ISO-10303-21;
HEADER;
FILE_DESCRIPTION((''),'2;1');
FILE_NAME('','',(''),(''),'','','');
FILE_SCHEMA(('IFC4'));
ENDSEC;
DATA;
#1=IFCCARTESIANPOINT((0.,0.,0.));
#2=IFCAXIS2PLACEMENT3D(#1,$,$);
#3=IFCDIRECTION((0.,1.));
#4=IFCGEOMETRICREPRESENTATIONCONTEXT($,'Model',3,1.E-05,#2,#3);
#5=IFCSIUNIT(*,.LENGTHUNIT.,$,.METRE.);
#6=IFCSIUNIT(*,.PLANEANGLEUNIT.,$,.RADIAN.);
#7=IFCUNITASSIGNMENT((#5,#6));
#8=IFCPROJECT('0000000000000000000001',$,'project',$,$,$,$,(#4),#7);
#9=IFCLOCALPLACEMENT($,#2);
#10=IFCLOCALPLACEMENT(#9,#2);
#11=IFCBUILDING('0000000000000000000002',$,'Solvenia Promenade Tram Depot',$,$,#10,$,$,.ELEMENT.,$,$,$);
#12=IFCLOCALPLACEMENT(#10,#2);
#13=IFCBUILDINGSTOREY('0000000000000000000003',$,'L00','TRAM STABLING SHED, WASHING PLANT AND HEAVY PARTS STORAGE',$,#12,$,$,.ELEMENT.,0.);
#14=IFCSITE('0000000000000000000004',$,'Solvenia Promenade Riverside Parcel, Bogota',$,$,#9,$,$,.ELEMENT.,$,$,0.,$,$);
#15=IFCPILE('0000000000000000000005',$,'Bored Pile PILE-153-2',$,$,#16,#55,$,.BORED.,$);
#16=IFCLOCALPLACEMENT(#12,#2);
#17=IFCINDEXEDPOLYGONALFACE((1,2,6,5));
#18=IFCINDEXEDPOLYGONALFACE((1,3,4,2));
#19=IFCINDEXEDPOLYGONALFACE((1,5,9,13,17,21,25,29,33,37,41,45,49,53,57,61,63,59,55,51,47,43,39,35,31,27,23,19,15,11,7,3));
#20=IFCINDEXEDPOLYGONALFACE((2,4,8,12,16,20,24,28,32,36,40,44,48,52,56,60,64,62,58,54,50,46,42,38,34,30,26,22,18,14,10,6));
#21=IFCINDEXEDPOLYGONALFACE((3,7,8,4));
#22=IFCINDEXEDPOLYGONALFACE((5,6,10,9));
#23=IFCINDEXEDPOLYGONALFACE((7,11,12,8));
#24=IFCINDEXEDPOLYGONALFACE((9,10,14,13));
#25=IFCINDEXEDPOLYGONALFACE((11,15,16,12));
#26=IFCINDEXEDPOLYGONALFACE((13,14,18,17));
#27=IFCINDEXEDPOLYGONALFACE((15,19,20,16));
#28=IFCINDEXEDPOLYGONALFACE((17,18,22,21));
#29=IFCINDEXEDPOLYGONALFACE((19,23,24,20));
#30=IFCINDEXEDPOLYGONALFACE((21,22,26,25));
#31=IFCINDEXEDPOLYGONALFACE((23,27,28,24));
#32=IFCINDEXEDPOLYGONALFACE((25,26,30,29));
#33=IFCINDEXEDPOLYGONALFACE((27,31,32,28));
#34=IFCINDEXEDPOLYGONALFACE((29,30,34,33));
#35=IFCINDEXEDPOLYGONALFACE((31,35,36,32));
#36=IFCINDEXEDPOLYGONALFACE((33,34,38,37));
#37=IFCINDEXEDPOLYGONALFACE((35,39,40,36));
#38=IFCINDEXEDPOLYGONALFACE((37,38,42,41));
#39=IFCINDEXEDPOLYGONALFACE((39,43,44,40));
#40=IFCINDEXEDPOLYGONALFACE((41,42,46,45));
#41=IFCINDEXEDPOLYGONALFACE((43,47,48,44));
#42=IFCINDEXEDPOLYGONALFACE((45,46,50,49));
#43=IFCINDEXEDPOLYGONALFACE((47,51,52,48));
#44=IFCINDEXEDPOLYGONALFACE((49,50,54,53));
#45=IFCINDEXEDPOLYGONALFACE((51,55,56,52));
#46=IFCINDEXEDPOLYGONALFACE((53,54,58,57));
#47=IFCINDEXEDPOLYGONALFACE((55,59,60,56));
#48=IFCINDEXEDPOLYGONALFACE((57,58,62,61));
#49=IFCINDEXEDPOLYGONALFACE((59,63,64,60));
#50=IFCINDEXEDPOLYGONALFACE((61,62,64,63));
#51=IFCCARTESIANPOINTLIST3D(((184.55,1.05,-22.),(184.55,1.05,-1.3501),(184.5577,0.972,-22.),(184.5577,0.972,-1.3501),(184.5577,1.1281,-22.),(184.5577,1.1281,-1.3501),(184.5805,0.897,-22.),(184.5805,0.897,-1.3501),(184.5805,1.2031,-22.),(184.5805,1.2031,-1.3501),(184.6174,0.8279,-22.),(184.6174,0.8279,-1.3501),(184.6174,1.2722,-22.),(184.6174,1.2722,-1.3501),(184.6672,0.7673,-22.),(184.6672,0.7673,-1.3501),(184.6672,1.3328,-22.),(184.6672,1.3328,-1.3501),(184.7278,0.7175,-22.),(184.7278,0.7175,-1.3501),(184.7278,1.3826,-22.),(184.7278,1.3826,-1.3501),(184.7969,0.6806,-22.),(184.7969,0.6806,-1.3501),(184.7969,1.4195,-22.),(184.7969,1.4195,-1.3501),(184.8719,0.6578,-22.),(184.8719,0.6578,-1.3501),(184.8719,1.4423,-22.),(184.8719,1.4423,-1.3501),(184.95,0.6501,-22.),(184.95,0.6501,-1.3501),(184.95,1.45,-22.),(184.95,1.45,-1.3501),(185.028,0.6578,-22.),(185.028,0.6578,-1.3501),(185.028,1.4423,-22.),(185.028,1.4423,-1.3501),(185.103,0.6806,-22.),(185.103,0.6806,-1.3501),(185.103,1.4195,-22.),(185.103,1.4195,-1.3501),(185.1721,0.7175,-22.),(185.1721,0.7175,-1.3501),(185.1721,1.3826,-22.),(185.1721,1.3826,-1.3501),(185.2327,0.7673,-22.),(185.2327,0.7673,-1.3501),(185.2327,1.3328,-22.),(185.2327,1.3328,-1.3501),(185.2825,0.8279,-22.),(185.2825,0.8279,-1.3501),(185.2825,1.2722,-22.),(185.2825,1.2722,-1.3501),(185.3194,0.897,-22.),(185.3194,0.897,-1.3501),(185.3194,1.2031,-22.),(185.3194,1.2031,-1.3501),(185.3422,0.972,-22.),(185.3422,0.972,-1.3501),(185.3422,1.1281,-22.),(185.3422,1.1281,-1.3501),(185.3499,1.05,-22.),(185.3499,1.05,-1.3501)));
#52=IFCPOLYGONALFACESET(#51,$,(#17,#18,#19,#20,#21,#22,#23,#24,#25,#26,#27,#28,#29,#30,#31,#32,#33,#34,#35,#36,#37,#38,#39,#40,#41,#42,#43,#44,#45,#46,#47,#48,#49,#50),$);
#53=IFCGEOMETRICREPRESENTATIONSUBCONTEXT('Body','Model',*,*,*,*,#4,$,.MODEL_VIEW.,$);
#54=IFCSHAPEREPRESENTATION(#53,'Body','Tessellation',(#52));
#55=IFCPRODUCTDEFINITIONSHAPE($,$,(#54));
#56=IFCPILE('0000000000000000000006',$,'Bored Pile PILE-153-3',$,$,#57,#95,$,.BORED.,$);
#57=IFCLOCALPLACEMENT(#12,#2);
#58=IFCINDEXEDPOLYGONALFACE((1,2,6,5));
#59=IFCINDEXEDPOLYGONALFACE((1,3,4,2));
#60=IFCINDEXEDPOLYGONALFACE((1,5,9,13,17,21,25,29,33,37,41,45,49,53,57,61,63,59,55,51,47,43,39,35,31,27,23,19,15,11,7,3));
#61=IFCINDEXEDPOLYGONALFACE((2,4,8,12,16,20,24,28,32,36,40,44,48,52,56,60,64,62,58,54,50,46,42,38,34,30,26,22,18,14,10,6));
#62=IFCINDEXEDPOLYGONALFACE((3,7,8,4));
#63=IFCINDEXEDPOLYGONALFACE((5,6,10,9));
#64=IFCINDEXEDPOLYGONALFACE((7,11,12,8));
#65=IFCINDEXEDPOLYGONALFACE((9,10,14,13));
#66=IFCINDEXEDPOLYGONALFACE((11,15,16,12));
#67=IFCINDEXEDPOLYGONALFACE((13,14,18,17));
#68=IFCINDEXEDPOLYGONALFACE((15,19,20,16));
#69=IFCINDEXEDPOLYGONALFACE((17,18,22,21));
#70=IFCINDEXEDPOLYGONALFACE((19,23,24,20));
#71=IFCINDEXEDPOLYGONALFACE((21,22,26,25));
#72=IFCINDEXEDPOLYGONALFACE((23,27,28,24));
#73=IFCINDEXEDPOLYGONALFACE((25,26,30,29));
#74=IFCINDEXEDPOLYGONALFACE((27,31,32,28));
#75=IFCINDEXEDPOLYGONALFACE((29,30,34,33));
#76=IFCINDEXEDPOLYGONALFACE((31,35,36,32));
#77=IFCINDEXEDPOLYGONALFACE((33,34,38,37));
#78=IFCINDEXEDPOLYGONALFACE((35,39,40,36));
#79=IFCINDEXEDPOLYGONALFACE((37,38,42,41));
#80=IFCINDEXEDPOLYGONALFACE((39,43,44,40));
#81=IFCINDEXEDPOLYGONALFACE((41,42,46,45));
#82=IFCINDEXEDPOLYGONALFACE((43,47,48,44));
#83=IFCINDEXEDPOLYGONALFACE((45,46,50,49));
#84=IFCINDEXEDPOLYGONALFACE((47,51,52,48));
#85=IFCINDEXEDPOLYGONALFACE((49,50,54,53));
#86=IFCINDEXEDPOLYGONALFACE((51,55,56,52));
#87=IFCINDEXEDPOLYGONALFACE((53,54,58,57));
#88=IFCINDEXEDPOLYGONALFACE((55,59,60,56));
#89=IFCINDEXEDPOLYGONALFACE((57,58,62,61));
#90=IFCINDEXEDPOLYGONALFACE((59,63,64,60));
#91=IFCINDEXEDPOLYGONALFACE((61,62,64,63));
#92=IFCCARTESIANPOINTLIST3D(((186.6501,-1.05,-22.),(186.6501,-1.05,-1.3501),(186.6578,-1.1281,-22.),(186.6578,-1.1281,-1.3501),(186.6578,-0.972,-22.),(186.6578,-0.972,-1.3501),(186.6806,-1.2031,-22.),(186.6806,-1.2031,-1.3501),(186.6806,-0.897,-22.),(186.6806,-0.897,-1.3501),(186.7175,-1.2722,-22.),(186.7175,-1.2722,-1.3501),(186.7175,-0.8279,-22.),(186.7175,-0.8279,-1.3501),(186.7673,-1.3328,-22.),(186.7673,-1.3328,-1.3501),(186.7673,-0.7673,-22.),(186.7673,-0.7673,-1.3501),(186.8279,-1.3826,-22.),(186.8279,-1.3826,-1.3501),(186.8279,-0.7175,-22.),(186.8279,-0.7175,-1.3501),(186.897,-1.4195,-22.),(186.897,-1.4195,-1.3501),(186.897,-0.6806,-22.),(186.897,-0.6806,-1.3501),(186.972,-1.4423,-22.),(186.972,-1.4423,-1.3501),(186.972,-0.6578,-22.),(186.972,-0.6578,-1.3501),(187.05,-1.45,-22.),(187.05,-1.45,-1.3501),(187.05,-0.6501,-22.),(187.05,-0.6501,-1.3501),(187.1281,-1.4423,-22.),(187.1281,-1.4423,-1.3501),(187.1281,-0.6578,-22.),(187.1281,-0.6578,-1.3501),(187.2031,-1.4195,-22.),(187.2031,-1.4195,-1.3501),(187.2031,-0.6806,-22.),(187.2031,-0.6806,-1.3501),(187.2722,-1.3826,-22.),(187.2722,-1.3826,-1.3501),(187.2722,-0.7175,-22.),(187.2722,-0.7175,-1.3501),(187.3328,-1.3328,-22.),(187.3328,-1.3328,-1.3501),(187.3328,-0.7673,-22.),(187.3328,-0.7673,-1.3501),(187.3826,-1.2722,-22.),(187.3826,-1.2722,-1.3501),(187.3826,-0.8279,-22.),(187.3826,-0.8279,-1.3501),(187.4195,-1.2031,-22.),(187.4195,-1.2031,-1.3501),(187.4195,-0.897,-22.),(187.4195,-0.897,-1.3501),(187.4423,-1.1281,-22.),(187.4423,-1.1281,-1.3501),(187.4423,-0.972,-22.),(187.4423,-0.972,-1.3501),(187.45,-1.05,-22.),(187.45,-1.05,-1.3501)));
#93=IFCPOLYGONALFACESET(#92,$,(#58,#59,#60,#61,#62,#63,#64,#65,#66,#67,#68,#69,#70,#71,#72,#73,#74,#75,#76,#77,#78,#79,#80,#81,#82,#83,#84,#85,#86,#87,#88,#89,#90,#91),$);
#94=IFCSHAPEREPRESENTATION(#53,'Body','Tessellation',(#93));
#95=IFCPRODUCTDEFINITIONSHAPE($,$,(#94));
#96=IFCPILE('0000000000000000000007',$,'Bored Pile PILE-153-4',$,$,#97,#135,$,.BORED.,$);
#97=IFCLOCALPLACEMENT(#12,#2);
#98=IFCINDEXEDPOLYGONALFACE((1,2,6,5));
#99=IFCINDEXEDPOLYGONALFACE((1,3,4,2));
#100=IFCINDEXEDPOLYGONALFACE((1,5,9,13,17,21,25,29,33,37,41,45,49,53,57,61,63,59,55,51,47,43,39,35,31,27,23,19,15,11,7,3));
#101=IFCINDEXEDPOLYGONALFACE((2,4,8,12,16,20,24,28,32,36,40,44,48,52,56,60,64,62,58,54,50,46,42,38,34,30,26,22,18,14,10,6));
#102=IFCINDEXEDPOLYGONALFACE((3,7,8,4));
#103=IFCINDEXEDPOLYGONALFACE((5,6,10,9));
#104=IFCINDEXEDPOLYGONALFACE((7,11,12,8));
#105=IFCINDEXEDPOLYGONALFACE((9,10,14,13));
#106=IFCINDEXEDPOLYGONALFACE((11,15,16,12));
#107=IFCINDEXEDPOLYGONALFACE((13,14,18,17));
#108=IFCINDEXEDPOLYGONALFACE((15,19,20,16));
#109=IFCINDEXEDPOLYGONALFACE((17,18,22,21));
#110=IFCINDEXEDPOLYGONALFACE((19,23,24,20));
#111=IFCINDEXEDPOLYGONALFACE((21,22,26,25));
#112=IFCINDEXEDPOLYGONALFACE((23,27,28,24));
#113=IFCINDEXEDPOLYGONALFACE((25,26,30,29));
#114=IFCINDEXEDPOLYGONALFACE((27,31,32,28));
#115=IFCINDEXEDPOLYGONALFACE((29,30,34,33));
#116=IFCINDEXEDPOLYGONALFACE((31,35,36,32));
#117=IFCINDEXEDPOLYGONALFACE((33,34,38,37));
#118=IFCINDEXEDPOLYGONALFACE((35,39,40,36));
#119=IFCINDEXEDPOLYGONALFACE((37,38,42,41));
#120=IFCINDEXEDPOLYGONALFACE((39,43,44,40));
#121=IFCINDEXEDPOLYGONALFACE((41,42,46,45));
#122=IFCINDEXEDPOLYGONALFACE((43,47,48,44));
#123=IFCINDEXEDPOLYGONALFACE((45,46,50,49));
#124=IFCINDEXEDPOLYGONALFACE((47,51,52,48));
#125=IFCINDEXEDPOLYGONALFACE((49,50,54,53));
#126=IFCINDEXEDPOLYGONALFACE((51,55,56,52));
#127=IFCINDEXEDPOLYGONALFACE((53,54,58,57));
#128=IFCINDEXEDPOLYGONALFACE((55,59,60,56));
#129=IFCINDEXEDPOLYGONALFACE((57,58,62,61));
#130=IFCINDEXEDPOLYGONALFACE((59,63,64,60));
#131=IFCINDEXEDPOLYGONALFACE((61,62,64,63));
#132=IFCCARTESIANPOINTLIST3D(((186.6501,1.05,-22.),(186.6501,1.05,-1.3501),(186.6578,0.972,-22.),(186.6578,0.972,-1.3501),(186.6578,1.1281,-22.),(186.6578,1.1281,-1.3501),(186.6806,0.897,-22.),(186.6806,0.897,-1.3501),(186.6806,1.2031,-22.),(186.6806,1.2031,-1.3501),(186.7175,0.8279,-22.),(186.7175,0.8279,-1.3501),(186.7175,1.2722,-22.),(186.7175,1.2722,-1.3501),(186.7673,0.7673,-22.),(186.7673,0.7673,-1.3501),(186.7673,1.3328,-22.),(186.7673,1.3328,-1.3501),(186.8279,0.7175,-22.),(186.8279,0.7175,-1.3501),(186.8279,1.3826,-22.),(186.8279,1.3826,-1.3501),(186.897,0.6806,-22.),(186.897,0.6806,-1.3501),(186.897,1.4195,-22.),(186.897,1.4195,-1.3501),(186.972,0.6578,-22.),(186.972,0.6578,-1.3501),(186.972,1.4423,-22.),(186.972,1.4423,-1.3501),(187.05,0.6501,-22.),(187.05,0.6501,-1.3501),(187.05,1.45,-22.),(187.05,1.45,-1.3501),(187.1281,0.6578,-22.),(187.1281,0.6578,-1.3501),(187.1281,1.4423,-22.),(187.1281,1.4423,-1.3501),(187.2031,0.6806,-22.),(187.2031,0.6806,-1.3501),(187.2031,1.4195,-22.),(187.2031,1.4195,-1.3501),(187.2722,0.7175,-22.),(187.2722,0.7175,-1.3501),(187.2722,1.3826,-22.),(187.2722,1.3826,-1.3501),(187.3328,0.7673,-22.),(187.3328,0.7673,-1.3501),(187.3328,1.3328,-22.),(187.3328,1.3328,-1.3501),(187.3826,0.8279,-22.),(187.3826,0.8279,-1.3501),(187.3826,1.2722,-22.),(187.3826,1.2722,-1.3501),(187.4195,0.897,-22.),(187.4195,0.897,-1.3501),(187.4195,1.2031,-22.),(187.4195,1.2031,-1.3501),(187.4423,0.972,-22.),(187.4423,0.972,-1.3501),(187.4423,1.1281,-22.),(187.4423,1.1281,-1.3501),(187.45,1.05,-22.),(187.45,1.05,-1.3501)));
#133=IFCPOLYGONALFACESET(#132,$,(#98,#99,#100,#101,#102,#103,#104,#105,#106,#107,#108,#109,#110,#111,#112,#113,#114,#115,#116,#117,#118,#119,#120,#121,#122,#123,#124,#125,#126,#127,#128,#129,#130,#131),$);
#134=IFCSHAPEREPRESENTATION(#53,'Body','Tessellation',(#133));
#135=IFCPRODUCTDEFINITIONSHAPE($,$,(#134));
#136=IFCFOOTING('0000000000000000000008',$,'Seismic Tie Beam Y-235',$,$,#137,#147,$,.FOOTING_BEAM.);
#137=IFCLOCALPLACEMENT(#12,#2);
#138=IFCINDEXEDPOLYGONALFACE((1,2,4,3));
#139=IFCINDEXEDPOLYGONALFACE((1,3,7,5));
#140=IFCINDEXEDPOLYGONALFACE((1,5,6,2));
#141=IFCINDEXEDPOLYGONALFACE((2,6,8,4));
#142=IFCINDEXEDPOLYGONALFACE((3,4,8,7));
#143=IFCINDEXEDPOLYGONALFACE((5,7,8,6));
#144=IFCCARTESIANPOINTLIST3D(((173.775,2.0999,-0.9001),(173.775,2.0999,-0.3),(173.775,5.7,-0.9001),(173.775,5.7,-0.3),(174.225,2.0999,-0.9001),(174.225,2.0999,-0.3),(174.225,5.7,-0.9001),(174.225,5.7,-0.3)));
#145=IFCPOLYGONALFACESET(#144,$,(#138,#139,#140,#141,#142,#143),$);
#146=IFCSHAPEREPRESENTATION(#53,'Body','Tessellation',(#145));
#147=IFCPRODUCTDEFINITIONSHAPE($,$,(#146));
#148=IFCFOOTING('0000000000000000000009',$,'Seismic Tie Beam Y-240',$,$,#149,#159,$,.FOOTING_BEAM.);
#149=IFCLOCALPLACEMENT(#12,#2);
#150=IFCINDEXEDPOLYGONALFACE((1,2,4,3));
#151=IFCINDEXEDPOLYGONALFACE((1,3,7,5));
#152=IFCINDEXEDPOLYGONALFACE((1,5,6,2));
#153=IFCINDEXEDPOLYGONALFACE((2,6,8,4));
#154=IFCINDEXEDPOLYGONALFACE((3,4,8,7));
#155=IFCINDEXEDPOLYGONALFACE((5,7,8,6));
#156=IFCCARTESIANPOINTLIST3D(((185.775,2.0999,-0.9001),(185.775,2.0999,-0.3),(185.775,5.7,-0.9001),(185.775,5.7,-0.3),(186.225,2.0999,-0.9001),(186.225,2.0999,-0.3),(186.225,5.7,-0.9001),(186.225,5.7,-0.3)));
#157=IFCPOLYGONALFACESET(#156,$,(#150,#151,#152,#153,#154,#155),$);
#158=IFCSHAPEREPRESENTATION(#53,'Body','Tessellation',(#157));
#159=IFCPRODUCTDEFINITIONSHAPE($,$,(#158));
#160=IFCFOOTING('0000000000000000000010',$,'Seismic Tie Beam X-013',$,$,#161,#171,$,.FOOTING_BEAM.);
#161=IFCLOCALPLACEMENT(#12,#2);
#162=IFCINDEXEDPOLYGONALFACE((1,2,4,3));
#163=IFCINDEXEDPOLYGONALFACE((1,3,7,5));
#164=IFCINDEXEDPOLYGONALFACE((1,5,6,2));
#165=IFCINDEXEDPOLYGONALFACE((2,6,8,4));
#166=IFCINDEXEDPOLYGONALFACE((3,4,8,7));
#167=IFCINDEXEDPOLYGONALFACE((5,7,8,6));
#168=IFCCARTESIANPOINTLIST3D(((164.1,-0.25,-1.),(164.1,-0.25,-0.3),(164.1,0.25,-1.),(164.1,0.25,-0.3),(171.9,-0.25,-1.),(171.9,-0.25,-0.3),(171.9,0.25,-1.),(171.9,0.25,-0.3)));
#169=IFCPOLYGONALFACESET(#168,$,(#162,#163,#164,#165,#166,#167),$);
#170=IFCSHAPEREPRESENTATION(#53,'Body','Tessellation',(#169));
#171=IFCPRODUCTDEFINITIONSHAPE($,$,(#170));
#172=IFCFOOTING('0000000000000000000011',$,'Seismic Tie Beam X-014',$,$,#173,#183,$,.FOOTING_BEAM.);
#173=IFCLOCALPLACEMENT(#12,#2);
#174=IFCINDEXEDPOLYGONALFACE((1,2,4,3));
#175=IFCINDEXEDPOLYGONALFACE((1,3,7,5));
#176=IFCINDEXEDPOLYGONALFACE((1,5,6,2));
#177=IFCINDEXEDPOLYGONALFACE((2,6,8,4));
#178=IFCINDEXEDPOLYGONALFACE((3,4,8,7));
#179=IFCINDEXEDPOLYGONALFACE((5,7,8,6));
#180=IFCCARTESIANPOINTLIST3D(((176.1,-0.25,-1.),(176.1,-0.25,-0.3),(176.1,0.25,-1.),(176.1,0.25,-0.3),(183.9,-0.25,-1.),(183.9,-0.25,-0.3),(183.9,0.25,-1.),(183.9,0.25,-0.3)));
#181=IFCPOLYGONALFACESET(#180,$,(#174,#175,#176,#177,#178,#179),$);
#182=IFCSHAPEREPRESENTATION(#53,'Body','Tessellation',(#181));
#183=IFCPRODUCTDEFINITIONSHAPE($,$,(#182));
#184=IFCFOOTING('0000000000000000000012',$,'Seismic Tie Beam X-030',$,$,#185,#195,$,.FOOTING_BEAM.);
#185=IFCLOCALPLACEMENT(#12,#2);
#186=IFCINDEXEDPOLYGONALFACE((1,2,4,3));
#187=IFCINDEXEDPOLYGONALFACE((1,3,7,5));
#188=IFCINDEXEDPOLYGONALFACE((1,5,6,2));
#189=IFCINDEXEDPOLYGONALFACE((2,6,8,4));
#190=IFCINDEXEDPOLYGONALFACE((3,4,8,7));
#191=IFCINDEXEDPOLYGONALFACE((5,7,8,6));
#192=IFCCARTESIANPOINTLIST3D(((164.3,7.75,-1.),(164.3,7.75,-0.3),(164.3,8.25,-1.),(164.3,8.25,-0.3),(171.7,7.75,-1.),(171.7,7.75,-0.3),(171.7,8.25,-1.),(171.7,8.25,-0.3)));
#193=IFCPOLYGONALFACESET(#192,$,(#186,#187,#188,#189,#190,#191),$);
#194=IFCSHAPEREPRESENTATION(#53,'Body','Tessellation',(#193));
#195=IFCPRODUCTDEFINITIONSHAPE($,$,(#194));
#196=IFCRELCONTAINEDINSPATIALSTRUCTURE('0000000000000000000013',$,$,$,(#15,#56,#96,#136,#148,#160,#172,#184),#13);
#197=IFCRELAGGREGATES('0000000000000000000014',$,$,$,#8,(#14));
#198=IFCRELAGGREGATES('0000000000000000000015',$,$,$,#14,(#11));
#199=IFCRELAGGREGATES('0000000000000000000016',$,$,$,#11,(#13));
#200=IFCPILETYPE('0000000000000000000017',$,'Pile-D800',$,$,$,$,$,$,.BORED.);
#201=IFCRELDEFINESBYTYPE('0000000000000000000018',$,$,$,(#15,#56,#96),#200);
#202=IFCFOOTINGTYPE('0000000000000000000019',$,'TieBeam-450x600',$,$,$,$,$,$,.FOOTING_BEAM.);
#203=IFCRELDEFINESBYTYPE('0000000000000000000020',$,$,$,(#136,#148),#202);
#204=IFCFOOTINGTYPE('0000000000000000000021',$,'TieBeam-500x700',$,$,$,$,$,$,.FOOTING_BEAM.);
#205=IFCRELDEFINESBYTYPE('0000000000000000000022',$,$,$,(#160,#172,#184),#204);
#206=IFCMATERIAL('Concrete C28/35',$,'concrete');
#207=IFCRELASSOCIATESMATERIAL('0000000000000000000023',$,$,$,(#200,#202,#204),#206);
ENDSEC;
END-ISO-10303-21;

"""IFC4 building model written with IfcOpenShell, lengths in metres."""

from ifc_helpers import new_model, si_unit, direction, frame, origin, origin_2d, place, context, subcontext, project, spatial, rectangle, circle, extrude, material, material_profile, profile_set, type_object, element, save


model = new_model("IFC4")

# Units and contexts
model_context = context("Model", 3, precision=1e-05, world=origin(), true_north=direction((0.0, 1.0)))
body_context = subcontext(model_context, "Body", "Model", "MODEL_VIEW")
ifc_project = project(units=[si_unit("LENGTHUNIT", "METRE"), si_unit("PLANEANGLEUNIT", "RADIAN")], contexts=[model_context])

# Site, building, storey
site_placement = place(None, origin())
site = spatial("IfcSite", under=ifc_project, at=site_placement, Name="Solvenia Promenade Riverside Parcel, Bogota", CompositionType="ELEMENT", RefElevation=0.0)
building_placement = place(site_placement, origin())
building = spatial("IfcBuilding", under=site, at=building_placement, Name="Solvenia Promenade Tram Depot", CompositionType="ELEMENT")
storey_placement = place(building_placement, origin())
storey = spatial("IfcBuildingStorey", under=building, at=storey_placement, Name="L00", Description="TRAM STABLING SHED, WASHING PLANT AND HEAVY PARTS STORAGE", CompositionType="ELEMENT", Elevation=0.0)

# Shared definitions
ifc_material_1 = material(Name="Concrete C28/35", Category="concrete")

# Piles
ifc_material_profile_1 = material_profile(ifc_material_1, circle(Radius=0.3999, at=origin_2d()), Name="D800", Category="concrete")
ifc_profile_set_1 = profile_set([ifc_material_profile_1], Name="Concrete C28/35")
pile_type_1 = type_object("IfcPileType", Name="Pile-D800", PredefinedType="BORED", material=ifc_profile_set_1)
for number, where, z_axis, x_axis, name in (
    (1, (184.95, 1.05, -1.3501), (0.0, 0.0, -1.0), (1.0, 0.0, 0.0), "Bored Pile PILE-153-2"),
    (2, (187.05, -1.05, -1.3501), (0.0, 0.0, -1.0), (1.0, 0.0, 0.0), "Bored Pile PILE-153-3"),
    (3, (187.05, 1.05, -1.3501), (0.0, 0.0, -1.0), (1.0, 0.0, 0.0), "Bored Pile PILE-153-4"),
):
    element("IfcPile", number, at=place(storey_placement, frame(where, z_axis=z_axis, x_axis=x_axis)), inside=storey, type_object=pile_type_1, Name=name, PredefinedType="BORED", context=body_context, shape_type="SweptSolid", body=[
        extrude(circle(Radius=0.3999, at=origin_2d()), origin(), (0.0, 0.0, 1.0), 20.6499),
    ])

# Footings
footing_type_1 = type_object("IfcFootingType", Name="TieBeam-450x600", PredefinedType="FOOTING_BEAM", material=ifc_material_1)
for number, where, z_axis, x_axis, name in (
    (4, (174.0, 3.8999, -0.9001), (0.0, 0.0, 1.0), (1.0, 0.0, 0.0), "Seismic Tie Beam Y-235"),
    (5, (186.0, 3.8999, -0.9001), (0.0, 0.0, 1.0), (1.0, 0.0, 0.0), "Seismic Tie Beam Y-240"),
):
    element("IfcFooting", number, at=place(storey_placement, frame(where, z_axis=z_axis, x_axis=x_axis)), inside=storey, type_object=footing_type_1, Name=name, PredefinedType="FOOTING_BEAM", context=body_context, shape_type="SweptSolid", body=[
        extrude(rectangle(XDim=0.45, YDim=3.6001, at=origin_2d()), origin(), (0.0, 0.0, 1.0), 0.6001),
    ])
footing_type_2 = type_object("IfcFootingType", Name="TieBeam-500x700", PredefinedType="FOOTING_BEAM", material=ifc_material_1)
for number, where, z_axis, x_axis, name in (
    (6, (168.0, 0.0, -1.0), (0.0, 0.0, 1.0), (1.0, 0.0, 0.0), "Seismic Tie Beam X-013"),
    (7, (180.0, 0.0, -1.0), (0.0, 0.0, 1.0), (1.0, 0.0, 0.0), "Seismic Tie Beam X-014"),
):
    element("IfcFooting", number, at=place(storey_placement, frame(where, z_axis=z_axis, x_axis=x_axis)), inside=storey, type_object=footing_type_2, Name=name, PredefinedType="FOOTING_BEAM", context=body_context, shape_type="SweptSolid", body=[
        extrude(rectangle(XDim=7.8, YDim=0.5, at=origin_2d()), origin(), (0.0, 0.0, 1.0), 0.7),
    ])
footing_placement = place(storey_placement, frame((168.0, 8.0, -1.0), z_axis=(0.0, 0.0, 1.0), x_axis=(1.0, 0.0, 0.0)))
element("IfcFooting", 8, at=footing_placement, inside=storey, type_object=footing_type_2, Name="Seismic Tie Beam X-030", PredefinedType="FOOTING_BEAM", context=body_context, shape_type="SweptSolid", body=[
    extrude(rectangle(XDim=7.3999, YDim=0.5, at=origin_2d()), origin(), (0.0, 0.0, 1.0), 0.7),
])

save(model, "model.ifc")
